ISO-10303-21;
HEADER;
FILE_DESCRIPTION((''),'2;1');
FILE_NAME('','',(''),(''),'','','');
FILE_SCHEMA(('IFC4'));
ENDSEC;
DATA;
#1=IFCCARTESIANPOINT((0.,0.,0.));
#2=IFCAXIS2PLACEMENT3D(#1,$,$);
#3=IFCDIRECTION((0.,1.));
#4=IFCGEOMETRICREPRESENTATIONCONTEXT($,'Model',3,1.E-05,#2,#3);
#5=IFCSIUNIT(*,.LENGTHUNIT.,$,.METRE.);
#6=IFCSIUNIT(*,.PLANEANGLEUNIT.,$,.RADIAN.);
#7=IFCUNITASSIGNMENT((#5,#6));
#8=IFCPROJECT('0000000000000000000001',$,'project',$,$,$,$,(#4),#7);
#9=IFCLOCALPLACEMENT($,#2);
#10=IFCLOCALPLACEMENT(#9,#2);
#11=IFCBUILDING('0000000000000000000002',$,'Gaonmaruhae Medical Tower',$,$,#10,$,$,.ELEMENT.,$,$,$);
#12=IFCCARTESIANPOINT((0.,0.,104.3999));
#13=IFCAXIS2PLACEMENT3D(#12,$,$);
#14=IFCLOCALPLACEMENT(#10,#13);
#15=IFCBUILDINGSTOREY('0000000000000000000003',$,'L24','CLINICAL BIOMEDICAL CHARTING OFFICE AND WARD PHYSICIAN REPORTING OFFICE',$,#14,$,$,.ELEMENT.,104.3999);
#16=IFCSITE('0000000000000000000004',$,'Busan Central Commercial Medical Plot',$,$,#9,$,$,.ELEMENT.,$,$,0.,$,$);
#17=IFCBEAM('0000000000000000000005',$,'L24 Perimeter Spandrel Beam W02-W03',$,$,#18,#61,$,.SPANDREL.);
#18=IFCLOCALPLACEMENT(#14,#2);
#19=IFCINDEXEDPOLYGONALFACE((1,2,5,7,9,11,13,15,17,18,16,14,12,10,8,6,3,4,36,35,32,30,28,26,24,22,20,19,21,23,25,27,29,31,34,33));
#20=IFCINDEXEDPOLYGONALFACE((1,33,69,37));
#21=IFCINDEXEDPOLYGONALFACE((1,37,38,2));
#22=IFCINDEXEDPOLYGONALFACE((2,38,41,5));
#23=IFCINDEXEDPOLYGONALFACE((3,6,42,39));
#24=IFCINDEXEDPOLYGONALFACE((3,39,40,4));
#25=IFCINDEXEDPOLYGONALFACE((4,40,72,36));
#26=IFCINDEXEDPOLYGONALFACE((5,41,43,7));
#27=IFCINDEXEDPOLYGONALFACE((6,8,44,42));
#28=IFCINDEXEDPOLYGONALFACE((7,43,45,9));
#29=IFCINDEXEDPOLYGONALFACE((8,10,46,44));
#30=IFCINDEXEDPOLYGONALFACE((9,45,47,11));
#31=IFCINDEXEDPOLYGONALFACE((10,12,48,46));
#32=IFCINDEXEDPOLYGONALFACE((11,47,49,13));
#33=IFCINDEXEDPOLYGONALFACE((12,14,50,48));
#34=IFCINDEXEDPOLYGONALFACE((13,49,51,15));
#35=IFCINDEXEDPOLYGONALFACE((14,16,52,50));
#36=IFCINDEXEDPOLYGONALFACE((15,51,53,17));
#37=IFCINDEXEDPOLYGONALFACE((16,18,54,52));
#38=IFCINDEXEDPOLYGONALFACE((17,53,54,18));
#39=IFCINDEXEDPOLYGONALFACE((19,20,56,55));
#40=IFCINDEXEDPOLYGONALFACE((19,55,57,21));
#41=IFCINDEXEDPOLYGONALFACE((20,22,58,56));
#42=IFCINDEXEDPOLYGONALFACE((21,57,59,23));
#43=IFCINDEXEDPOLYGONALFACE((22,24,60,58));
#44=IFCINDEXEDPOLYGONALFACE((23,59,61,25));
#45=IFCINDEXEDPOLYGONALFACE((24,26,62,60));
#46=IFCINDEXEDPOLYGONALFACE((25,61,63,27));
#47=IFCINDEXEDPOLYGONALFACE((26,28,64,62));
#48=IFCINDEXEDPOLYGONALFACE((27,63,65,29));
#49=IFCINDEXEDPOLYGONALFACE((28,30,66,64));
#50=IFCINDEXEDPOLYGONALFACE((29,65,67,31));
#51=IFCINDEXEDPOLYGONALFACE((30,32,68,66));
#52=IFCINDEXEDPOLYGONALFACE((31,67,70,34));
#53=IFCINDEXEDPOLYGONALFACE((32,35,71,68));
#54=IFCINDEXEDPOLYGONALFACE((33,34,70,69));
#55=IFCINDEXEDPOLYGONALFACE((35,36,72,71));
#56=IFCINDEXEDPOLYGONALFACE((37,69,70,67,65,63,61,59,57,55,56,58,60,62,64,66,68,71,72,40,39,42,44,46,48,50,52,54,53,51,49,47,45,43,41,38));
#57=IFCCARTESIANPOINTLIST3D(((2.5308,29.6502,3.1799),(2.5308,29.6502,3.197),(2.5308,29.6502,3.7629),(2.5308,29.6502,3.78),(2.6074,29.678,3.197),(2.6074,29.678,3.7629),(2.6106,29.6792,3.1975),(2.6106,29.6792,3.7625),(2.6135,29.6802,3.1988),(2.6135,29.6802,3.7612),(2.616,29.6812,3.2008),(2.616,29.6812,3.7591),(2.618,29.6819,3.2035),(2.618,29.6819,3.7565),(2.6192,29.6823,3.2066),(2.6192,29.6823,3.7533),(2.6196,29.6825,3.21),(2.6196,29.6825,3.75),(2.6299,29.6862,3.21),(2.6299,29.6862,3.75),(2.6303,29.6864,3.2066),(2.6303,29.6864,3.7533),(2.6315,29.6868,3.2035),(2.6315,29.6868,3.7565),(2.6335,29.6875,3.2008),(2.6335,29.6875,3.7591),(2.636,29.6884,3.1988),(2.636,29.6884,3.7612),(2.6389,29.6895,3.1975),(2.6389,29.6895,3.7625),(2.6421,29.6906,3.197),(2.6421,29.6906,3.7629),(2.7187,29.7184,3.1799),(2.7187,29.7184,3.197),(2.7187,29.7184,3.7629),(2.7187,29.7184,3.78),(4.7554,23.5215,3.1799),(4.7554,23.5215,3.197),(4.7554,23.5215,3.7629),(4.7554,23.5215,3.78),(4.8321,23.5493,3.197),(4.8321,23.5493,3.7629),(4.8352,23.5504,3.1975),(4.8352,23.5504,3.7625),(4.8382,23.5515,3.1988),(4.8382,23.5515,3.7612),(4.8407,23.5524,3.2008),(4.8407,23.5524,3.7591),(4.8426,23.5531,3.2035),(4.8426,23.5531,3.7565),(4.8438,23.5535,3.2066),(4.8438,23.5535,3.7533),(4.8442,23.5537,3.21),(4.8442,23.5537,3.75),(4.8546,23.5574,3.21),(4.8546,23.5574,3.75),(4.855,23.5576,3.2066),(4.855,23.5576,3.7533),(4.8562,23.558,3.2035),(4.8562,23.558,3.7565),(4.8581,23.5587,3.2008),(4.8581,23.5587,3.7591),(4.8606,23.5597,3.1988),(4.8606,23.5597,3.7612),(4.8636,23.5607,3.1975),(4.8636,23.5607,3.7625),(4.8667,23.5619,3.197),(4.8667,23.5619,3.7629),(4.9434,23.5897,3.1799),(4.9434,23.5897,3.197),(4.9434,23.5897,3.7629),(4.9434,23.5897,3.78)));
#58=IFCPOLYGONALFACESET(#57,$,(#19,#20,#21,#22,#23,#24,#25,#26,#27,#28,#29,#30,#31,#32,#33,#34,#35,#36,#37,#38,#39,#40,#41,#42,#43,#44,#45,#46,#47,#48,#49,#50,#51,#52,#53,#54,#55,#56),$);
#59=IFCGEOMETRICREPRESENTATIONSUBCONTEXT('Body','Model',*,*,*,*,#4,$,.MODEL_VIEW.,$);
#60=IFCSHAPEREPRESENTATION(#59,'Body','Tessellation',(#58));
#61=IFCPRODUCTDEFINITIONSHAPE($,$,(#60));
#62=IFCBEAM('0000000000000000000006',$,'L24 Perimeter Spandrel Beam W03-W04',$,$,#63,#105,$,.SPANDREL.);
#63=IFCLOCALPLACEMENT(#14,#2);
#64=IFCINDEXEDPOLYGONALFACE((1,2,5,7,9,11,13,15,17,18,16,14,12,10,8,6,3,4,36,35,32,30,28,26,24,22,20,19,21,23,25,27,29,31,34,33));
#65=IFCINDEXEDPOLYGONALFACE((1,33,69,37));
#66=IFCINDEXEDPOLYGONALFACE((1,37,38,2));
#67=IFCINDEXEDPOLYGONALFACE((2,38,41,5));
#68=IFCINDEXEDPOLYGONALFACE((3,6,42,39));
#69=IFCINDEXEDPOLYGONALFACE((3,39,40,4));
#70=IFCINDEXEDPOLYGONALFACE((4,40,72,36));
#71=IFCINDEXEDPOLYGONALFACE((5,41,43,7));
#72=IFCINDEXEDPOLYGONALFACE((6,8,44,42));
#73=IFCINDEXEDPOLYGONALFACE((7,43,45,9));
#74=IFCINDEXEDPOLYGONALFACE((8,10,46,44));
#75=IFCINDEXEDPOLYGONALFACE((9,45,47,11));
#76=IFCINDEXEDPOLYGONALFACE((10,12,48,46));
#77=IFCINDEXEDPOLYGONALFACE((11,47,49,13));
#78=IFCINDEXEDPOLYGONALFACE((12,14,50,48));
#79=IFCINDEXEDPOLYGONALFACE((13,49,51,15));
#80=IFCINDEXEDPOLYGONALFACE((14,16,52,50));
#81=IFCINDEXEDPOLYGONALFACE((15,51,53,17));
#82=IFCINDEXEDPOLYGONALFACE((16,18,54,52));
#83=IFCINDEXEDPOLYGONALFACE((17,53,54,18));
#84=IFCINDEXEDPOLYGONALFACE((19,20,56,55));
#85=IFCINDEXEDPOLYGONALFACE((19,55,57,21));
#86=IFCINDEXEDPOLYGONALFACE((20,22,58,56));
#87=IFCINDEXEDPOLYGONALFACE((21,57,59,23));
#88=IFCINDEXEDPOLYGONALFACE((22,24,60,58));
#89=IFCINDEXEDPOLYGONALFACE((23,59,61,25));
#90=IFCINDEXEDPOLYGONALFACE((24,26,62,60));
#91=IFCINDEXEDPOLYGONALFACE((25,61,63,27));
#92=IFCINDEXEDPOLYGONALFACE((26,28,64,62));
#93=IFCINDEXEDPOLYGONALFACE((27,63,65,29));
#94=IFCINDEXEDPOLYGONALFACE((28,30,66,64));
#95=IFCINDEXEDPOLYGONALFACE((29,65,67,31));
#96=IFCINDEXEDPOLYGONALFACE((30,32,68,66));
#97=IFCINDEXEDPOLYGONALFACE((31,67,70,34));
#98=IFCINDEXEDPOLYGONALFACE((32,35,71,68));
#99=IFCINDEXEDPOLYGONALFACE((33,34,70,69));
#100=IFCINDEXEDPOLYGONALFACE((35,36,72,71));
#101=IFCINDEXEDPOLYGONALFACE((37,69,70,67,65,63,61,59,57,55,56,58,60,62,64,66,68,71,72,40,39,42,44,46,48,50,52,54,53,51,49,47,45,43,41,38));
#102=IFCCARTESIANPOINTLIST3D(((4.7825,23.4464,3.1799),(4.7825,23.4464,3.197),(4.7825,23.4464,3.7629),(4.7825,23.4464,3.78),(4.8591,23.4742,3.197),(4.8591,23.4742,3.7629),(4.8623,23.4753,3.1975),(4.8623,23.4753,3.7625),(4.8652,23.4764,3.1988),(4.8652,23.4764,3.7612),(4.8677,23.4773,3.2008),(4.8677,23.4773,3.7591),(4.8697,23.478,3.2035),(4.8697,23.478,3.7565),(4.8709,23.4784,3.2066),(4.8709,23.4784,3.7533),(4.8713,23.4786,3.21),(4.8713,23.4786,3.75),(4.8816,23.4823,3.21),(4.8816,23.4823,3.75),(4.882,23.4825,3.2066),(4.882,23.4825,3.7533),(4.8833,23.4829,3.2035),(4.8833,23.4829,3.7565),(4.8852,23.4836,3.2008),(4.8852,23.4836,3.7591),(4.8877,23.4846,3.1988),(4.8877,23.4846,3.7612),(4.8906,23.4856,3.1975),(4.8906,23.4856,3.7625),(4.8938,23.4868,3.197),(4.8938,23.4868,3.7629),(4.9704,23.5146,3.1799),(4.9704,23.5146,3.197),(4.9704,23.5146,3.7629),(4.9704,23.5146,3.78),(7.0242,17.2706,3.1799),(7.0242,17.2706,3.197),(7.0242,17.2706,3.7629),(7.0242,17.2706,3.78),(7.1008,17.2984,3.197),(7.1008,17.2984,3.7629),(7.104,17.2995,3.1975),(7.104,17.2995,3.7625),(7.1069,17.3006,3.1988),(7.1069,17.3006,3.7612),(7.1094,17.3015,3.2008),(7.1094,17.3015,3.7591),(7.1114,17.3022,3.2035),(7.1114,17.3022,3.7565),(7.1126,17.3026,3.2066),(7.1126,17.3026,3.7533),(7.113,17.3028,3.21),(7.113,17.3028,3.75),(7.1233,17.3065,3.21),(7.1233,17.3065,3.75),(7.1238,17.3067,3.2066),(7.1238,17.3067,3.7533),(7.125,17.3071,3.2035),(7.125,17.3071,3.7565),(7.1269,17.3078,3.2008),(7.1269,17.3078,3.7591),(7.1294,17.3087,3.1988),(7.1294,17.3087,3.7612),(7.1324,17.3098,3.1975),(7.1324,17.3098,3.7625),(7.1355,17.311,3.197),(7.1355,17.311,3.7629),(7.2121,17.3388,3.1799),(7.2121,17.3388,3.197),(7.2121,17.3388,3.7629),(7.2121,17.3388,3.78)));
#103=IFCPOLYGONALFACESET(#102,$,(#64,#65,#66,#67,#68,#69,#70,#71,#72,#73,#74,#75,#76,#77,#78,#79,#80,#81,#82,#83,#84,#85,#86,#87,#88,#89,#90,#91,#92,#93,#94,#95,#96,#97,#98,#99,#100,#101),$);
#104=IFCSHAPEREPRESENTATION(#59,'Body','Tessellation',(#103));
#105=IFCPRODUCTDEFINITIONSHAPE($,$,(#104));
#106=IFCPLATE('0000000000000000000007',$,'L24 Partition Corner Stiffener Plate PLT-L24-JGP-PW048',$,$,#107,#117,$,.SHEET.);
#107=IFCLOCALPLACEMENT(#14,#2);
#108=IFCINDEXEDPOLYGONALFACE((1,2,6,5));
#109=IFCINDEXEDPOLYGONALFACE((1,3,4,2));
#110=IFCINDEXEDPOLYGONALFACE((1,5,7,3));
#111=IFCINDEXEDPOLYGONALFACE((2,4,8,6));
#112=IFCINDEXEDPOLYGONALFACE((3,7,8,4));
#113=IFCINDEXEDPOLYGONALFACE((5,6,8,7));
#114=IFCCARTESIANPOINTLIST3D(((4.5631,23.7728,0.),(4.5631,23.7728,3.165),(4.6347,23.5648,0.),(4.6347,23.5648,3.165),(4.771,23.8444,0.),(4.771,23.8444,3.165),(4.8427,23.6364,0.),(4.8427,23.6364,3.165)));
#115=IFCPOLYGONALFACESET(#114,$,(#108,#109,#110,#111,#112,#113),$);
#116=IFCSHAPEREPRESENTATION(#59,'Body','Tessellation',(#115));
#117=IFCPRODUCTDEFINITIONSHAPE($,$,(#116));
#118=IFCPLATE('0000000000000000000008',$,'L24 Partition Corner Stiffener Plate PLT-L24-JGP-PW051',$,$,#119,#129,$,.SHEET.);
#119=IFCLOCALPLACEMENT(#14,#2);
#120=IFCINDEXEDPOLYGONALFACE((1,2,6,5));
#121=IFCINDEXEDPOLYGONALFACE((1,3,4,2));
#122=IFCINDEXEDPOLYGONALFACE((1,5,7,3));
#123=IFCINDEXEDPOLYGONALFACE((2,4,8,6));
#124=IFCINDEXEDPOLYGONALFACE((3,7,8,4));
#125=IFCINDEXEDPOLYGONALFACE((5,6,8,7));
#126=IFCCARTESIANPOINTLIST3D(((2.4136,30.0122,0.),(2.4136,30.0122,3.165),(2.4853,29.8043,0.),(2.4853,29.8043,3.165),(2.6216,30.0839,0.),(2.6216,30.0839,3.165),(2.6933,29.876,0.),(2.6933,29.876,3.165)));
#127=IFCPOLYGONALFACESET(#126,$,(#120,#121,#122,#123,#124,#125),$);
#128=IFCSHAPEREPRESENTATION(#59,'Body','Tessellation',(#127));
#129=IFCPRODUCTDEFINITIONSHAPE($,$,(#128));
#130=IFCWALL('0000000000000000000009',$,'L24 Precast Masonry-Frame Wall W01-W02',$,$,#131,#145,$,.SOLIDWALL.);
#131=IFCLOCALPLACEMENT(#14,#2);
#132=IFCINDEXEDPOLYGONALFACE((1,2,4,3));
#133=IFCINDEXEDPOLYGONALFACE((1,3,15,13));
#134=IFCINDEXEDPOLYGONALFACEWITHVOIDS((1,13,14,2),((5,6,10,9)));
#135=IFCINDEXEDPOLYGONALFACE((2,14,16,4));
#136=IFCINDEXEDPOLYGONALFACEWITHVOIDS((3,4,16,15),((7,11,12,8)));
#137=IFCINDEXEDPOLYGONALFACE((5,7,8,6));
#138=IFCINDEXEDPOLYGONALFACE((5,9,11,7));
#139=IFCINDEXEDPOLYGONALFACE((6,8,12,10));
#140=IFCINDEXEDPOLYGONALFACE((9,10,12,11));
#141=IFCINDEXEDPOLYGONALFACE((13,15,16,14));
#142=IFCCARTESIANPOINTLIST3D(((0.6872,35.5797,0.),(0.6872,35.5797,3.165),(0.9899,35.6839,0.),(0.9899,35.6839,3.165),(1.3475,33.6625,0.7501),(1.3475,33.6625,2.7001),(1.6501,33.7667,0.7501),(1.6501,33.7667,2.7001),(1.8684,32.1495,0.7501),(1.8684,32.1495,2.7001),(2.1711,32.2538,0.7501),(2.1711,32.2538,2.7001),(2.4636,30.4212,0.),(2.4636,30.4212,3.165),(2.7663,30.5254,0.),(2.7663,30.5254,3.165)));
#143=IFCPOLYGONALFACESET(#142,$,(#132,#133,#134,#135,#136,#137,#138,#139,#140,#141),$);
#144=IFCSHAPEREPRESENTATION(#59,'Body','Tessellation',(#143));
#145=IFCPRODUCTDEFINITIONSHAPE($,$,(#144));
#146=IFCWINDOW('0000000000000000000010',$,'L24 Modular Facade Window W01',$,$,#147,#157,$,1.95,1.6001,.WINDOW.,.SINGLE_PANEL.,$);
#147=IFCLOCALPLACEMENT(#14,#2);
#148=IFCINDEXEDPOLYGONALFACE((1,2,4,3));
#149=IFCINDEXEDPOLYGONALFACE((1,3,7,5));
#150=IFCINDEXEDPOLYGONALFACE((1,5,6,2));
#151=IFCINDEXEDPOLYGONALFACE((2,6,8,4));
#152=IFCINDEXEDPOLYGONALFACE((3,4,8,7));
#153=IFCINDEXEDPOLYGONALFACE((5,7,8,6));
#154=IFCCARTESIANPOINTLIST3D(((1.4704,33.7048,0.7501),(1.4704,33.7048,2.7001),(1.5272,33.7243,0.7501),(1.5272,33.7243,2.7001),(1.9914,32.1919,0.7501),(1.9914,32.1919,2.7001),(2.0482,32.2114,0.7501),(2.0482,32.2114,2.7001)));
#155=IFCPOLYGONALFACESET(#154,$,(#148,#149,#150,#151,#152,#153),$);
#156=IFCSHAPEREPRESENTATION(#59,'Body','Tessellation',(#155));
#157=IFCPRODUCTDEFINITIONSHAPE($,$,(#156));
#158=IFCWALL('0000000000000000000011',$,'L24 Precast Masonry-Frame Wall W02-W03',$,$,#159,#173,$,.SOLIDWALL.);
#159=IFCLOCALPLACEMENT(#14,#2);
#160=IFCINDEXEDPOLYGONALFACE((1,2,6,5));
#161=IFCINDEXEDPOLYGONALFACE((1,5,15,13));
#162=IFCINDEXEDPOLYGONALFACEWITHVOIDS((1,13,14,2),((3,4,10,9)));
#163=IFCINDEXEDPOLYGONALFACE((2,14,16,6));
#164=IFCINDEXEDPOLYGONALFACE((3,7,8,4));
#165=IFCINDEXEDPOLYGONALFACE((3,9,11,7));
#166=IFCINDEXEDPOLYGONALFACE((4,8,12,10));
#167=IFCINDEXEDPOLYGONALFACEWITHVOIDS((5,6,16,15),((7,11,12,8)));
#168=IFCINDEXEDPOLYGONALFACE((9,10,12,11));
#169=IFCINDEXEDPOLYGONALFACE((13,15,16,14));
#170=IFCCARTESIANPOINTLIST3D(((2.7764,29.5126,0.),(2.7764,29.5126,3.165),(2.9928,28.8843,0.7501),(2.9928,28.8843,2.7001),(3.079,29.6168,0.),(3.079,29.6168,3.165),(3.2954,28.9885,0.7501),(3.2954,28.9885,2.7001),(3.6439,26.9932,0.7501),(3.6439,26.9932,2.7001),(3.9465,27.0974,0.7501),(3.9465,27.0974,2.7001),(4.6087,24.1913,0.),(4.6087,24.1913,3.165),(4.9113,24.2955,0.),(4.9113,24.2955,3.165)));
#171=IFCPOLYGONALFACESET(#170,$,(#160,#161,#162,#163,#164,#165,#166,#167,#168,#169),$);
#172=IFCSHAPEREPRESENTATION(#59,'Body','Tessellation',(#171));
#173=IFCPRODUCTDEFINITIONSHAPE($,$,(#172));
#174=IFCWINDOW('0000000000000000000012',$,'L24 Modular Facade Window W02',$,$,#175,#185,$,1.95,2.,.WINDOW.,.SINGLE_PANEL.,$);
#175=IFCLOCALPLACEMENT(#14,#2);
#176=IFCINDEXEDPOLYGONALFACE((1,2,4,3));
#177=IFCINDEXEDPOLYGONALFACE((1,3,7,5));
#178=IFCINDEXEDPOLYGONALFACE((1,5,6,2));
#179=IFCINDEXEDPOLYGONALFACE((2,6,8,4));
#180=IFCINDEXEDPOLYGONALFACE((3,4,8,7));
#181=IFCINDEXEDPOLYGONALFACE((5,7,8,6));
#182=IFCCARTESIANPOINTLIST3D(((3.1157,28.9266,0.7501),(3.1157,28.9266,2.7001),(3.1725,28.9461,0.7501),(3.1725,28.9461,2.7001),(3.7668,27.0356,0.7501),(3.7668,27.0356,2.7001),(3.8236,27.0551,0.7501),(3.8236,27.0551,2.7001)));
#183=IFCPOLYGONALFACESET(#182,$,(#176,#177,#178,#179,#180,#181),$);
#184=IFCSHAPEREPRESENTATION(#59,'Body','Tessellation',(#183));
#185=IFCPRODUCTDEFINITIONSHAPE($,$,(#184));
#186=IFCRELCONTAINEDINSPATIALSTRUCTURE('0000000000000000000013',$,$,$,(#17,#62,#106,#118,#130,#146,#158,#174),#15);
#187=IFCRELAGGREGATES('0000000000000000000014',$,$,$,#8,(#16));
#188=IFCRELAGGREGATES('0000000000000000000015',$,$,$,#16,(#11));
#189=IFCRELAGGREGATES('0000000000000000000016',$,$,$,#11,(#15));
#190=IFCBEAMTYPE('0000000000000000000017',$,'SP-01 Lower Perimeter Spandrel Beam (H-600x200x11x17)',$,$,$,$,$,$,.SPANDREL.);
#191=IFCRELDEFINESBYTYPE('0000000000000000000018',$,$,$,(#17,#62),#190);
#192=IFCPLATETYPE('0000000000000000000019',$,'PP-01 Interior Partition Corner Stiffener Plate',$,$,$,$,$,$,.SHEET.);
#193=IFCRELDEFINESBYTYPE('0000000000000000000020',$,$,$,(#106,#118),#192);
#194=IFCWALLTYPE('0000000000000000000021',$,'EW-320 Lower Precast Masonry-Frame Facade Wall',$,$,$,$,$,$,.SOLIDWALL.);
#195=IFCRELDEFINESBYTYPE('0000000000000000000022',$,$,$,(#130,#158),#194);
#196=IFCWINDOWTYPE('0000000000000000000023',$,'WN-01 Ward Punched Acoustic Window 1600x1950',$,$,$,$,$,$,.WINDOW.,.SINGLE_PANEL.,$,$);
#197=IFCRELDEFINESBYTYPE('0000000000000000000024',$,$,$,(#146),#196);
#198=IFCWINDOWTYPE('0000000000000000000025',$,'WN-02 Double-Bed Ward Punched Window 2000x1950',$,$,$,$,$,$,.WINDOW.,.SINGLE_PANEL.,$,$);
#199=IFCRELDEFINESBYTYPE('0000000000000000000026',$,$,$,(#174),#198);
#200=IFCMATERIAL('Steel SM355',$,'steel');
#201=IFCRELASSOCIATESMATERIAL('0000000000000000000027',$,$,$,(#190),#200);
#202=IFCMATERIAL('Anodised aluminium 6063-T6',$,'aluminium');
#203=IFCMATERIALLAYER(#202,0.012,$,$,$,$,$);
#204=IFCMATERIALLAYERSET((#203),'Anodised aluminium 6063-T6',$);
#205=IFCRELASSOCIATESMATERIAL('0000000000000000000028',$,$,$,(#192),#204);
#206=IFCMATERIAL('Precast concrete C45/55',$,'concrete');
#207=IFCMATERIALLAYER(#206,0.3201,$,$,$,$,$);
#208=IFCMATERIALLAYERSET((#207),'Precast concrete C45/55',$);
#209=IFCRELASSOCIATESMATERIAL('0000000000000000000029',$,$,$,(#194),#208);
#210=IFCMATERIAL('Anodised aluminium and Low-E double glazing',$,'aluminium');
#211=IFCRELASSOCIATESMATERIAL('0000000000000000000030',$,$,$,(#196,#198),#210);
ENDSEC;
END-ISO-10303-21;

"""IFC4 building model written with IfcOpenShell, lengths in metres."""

from ifc_helpers import new_model, si_unit, direction, frame, frame_2d, origin, origin_2d, place, context, subcontext, project, spatial, rectangle, i_section, extrude, material, layer, layer_set, material_profile, profile_set, type_object, element, fill, save


model = new_model("IFC4")

# Units and contexts
model_context = context("Model", 3, precision=1e-05, world=origin(), true_north=direction((0.0, 1.0)))
body_context = subcontext(model_context, "Body", "Model", "MODEL_VIEW")
ifc_project = project(units=[si_unit("LENGTHUNIT", "METRE"), si_unit("PLANEANGLEUNIT", "RADIAN")], contexts=[model_context])

# Site, building, storey
site_placement = place(None, origin())
site = spatial("IfcSite", under=ifc_project, at=site_placement, Name="Busan Central Commercial Medical Plot", CompositionType="ELEMENT", RefElevation=0.0)
building_placement = place(site_placement, origin())
building = spatial("IfcBuilding", under=site, at=building_placement, Name="Gaonmaruhae Medical Tower", CompositionType="ELEMENT")
storey_placement = place(building_placement, frame((0.0, 0.0, 104.3999)))
storey = spatial("IfcBuildingStorey", under=building, at=storey_placement, Name="L24", Description="CLINICAL BIOMEDICAL CHARTING OFFICE AND WARD PHYSICIAN REPORTING OFFICE", CompositionType="ELEMENT", Elevation=104.3999)

# Beams
ifc_material_1 = material(Name="Steel SM355", Category="steel")
ifc_material_profile_1 = material_profile(ifc_material_1, i_section(OverallWidth=0.2, OverallDepth=0.6001, WebThickness=0.011, FlangeThickness=0.0171, FilletRadius=0.0129, at=origin_2d()), Name="H-600x200x11x17")
ifc_profile_set_1 = profile_set([ifc_material_profile_1], Name="Steel SM355")
beam_type_1 = type_object("IfcBeamType", Name="SP-01 Lower Perimeter Spandrel Beam (H-600x200x11x17)", PredefinedType="SPANDREL", material=ifc_profile_set_1)
beam_1_placement = place(storey_placement, frame((2.6248, 29.6843, 3.48), z_axis=(0.341202, -0.93999, 0.0), x_axis=(0.93999, 0.341202, 0.0)))
element("IfcBeam", 1, at=beam_1_placement, inside=storey, type_object=beam_type_1, Name="L24 Perimeter Spandrel Beam W02-W03", PredefinedType="SPANDREL", context=body_context, shape_type="SweptSolid", body=[
    extrude(i_section(OverallWidth=0.2, OverallDepth=0.6001, WebThickness=0.011, FlangeThickness=0.0171, FilletRadius=0.0129, at=origin_2d()), origin(), (0.0, 0.0, 1.0), 6.52),
])
beam_2_placement = place(storey_placement, frame((4.8765, 23.4805, 3.48), z_axis=(0.3412, -0.939991, 0.0), x_axis=(0.939991, 0.3412, 0.0)))
element("IfcBeam", 2, at=beam_2_placement, inside=storey, type_object=beam_type_1, Name="L24 Perimeter Spandrel Beam W03-W04", PredefinedType="SPANDREL", context=body_context, shape_type="SweptSolid", body=[
    extrude(i_section(OverallWidth=0.2, OverallDepth=0.6001, WebThickness=0.011, FlangeThickness=0.0171, FilletRadius=0.0129, at=origin_2d()), origin(), (0.0, 0.0, 1.0), 6.5701),
])

# Plates
ifc_material_2 = material(Name="Anodised aluminium 6063-T6", Category="aluminium")
ifc_layer_1 = layer(ifc_material_2, 0.012)
ifc_layer_set_1 = layer_set([ifc_layer_1], Name="Anodised aluminium 6063-T6")
plate_type = type_object("IfcPlateType", Name="PP-01 Interior Partition Corner Stiffener Plate", PredefinedType="SHEET", material=ifc_layer_set_1)
for number, where, z_axis, x_axis, name in (
    (3, (4.7029, 23.7046, 0.0), (0.0, 0.0, 1.0), (-0.325684, 0.945479, 0.0), "L24 Partition Corner Stiffener Plate PLT-L24-JGP-PW048"),
    (4, (2.5535, 29.9441, 0.0), (0.0, 0.0, 1.0), (-0.325898, 0.945405, 0.0), "L24 Partition Corner Stiffener Plate PLT-L24-JGP-PW051"),
):
    element("IfcPlate", number, at=place(storey_placement, frame(where, z_axis=z_axis, x_axis=x_axis)), inside=storey, type_object=plate_type, Name=name, PredefinedType="SHEET", context=body_context, shape_type="SweptSolid", body=[
        extrude(rectangle(XDim=0.22, YDim=0.22, at=origin_2d()), origin(), (0.0, 0.0, 1.0), 3.165),
    ])

# Walls, openings, windows
ifc_material_3 = material(Name="Precast concrete C45/55", Category="concrete")
ifc_layer_2 = layer(ifc_material_3, 0.3201)
ifc_layer_set_2 = layer_set([ifc_layer_2], Name="Precast concrete C45/55")
wall_type_1 = type_object("IfcWallType", Name="EW-320 Lower Precast Masonry-Frame Facade Wall", PredefinedType="SOLIDWALL", material=ifc_layer_set_2)
wall_1_placement = place(storey_placement, frame((2.615, 30.4731, 0.0), z_axis=(0.0, 0.0, 1.0), x_axis=(-0.325596, 0.945509, 0.0)))
wall_1 = element("IfcWall", 5, at=wall_1_placement, inside=storey, type_object=wall_type_1, Name="L24 Precast Masonry-Frame Wall W01-W02", PredefinedType="SOLIDWALL", context=body_context, shape_type="SweptSolid", body=[
    extrude(rectangle(XDim=5.4558, YDim=0.3201, at=frame_2d((2.728, 0.0))), origin(), (0.0, 0.0, 1.0), 3.165),
])
opening_1_placement = place(wall_1_placement, frame((1.8281, 0.0, 0.75)))
opening_1 = element("IfcOpeningElement", 6, at=opening_1_placement, cuts=wall_1, PredefinedType="OPENING", context=body_context, shape_type="SweptSolid", body=[
    extrude(rectangle(XDim=1.6001, YDim=1.95, at=frame_2d((0.8, 0.9751))), frame((0.0, 0.1699, 0.0), z_axis=(0.0, -1.0, 0.0), x_axis=(1.0, 0.0, 0.0)), (0.0, 0.0, 1.0), 0.3401),
])
ifc_material_4 = material(Name="Anodised aluminium and Low-E double glazing", Category="aluminium")
window_type_1 = type_object("IfcWindowType", Name="WN-01 Ward Punched Acoustic Window 1600x1950", PartitioningType="SINGLE_PANEL", PredefinedType="WINDOW", material=ifc_material_4)
window_1_placement = place(opening_1_placement, origin())
window_1 = element("IfcWindow", 7, at=window_1_placement, inside=storey, type_object=window_type_1, Name="L24 Modular Facade Window W01", OverallHeight=1.95, OverallWidth=1.6001, PartitioningType="SINGLE_PANEL", PredefinedType="WINDOW", context=body_context, shape_type="SweptSolid", body=[
    extrude(rectangle(XDim=1.6001, YDim=1.95, at=frame_2d((0.8, 0.9751))), frame((0.0, 0.03, 0.0), z_axis=(0.0, -1.0, 0.0), x_axis=(1.0, 0.0, 0.0)), (0.0, 0.0, 1.0), 0.0601),
])
fill(opening_1, window_1)
wall_2_placement = place(storey_placement, frame((4.76, 24.2434, 0.0), z_axis=(0.0, 0.0, 1.0), x_axis=(-0.32557, 0.945518, 0.0)))
wall_2 = element("IfcWall", 8, at=wall_2_placement, inside=storey, type_object=wall_type_1, Name="L24 Precast Masonry-Frame Wall W02-W03", PredefinedType="SOLIDWALL", context=body_context, shape_type="SweptSolid", body=[
    extrude(rectangle(XDim=5.6279, YDim=0.3201, at=frame_2d((2.814, 0.0))), origin(), (0.0, 0.0, 1.0), 3.165),
])
opening_2_placement = place(wall_2_placement, frame((2.9634, 0.0, 0.75)))
opening_2 = element("IfcOpeningElement", 9, at=opening_2_placement, cuts=wall_2, PredefinedType="OPENING", context=body_context, shape_type="SweptSolid", body=[
    extrude(rectangle(XDim=2.0, YDim=1.95, at=frame_2d((1.0, 0.9751))), frame((0.0, 0.1699, 0.0), z_axis=(0.0, -1.0, 0.0), x_axis=(1.0, 0.0, 0.0)), (0.0, 0.0, 1.0), 0.3401),
])
window_type_2 = type_object("IfcWindowType", Name="WN-02 Double-Bed Ward Punched Window 2000x1950", PartitioningType="SINGLE_PANEL", PredefinedType="WINDOW", material=ifc_material_4)
window_2_placement = place(opening_2_placement, origin())
window_2 = element("IfcWindow", 10, at=window_2_placement, inside=storey, type_object=window_type_2, Name="L24 Modular Facade Window W02", OverallHeight=1.95, OverallWidth=2.0, PartitioningType="SINGLE_PANEL", PredefinedType="WINDOW", context=body_context, shape_type="SweptSolid", body=[
    extrude(rectangle(XDim=2.0, YDim=1.95, at=frame_2d((1.0, 0.9751))), frame((0.0, 0.03, 0.0), z_axis=(0.0, -1.0, 0.0), x_axis=(1.0, 0.0, 0.0)), (0.0, 0.0, 1.0), 0.0601),
])
fill(opening_2, window_2)

save(model, "model.ifc")
